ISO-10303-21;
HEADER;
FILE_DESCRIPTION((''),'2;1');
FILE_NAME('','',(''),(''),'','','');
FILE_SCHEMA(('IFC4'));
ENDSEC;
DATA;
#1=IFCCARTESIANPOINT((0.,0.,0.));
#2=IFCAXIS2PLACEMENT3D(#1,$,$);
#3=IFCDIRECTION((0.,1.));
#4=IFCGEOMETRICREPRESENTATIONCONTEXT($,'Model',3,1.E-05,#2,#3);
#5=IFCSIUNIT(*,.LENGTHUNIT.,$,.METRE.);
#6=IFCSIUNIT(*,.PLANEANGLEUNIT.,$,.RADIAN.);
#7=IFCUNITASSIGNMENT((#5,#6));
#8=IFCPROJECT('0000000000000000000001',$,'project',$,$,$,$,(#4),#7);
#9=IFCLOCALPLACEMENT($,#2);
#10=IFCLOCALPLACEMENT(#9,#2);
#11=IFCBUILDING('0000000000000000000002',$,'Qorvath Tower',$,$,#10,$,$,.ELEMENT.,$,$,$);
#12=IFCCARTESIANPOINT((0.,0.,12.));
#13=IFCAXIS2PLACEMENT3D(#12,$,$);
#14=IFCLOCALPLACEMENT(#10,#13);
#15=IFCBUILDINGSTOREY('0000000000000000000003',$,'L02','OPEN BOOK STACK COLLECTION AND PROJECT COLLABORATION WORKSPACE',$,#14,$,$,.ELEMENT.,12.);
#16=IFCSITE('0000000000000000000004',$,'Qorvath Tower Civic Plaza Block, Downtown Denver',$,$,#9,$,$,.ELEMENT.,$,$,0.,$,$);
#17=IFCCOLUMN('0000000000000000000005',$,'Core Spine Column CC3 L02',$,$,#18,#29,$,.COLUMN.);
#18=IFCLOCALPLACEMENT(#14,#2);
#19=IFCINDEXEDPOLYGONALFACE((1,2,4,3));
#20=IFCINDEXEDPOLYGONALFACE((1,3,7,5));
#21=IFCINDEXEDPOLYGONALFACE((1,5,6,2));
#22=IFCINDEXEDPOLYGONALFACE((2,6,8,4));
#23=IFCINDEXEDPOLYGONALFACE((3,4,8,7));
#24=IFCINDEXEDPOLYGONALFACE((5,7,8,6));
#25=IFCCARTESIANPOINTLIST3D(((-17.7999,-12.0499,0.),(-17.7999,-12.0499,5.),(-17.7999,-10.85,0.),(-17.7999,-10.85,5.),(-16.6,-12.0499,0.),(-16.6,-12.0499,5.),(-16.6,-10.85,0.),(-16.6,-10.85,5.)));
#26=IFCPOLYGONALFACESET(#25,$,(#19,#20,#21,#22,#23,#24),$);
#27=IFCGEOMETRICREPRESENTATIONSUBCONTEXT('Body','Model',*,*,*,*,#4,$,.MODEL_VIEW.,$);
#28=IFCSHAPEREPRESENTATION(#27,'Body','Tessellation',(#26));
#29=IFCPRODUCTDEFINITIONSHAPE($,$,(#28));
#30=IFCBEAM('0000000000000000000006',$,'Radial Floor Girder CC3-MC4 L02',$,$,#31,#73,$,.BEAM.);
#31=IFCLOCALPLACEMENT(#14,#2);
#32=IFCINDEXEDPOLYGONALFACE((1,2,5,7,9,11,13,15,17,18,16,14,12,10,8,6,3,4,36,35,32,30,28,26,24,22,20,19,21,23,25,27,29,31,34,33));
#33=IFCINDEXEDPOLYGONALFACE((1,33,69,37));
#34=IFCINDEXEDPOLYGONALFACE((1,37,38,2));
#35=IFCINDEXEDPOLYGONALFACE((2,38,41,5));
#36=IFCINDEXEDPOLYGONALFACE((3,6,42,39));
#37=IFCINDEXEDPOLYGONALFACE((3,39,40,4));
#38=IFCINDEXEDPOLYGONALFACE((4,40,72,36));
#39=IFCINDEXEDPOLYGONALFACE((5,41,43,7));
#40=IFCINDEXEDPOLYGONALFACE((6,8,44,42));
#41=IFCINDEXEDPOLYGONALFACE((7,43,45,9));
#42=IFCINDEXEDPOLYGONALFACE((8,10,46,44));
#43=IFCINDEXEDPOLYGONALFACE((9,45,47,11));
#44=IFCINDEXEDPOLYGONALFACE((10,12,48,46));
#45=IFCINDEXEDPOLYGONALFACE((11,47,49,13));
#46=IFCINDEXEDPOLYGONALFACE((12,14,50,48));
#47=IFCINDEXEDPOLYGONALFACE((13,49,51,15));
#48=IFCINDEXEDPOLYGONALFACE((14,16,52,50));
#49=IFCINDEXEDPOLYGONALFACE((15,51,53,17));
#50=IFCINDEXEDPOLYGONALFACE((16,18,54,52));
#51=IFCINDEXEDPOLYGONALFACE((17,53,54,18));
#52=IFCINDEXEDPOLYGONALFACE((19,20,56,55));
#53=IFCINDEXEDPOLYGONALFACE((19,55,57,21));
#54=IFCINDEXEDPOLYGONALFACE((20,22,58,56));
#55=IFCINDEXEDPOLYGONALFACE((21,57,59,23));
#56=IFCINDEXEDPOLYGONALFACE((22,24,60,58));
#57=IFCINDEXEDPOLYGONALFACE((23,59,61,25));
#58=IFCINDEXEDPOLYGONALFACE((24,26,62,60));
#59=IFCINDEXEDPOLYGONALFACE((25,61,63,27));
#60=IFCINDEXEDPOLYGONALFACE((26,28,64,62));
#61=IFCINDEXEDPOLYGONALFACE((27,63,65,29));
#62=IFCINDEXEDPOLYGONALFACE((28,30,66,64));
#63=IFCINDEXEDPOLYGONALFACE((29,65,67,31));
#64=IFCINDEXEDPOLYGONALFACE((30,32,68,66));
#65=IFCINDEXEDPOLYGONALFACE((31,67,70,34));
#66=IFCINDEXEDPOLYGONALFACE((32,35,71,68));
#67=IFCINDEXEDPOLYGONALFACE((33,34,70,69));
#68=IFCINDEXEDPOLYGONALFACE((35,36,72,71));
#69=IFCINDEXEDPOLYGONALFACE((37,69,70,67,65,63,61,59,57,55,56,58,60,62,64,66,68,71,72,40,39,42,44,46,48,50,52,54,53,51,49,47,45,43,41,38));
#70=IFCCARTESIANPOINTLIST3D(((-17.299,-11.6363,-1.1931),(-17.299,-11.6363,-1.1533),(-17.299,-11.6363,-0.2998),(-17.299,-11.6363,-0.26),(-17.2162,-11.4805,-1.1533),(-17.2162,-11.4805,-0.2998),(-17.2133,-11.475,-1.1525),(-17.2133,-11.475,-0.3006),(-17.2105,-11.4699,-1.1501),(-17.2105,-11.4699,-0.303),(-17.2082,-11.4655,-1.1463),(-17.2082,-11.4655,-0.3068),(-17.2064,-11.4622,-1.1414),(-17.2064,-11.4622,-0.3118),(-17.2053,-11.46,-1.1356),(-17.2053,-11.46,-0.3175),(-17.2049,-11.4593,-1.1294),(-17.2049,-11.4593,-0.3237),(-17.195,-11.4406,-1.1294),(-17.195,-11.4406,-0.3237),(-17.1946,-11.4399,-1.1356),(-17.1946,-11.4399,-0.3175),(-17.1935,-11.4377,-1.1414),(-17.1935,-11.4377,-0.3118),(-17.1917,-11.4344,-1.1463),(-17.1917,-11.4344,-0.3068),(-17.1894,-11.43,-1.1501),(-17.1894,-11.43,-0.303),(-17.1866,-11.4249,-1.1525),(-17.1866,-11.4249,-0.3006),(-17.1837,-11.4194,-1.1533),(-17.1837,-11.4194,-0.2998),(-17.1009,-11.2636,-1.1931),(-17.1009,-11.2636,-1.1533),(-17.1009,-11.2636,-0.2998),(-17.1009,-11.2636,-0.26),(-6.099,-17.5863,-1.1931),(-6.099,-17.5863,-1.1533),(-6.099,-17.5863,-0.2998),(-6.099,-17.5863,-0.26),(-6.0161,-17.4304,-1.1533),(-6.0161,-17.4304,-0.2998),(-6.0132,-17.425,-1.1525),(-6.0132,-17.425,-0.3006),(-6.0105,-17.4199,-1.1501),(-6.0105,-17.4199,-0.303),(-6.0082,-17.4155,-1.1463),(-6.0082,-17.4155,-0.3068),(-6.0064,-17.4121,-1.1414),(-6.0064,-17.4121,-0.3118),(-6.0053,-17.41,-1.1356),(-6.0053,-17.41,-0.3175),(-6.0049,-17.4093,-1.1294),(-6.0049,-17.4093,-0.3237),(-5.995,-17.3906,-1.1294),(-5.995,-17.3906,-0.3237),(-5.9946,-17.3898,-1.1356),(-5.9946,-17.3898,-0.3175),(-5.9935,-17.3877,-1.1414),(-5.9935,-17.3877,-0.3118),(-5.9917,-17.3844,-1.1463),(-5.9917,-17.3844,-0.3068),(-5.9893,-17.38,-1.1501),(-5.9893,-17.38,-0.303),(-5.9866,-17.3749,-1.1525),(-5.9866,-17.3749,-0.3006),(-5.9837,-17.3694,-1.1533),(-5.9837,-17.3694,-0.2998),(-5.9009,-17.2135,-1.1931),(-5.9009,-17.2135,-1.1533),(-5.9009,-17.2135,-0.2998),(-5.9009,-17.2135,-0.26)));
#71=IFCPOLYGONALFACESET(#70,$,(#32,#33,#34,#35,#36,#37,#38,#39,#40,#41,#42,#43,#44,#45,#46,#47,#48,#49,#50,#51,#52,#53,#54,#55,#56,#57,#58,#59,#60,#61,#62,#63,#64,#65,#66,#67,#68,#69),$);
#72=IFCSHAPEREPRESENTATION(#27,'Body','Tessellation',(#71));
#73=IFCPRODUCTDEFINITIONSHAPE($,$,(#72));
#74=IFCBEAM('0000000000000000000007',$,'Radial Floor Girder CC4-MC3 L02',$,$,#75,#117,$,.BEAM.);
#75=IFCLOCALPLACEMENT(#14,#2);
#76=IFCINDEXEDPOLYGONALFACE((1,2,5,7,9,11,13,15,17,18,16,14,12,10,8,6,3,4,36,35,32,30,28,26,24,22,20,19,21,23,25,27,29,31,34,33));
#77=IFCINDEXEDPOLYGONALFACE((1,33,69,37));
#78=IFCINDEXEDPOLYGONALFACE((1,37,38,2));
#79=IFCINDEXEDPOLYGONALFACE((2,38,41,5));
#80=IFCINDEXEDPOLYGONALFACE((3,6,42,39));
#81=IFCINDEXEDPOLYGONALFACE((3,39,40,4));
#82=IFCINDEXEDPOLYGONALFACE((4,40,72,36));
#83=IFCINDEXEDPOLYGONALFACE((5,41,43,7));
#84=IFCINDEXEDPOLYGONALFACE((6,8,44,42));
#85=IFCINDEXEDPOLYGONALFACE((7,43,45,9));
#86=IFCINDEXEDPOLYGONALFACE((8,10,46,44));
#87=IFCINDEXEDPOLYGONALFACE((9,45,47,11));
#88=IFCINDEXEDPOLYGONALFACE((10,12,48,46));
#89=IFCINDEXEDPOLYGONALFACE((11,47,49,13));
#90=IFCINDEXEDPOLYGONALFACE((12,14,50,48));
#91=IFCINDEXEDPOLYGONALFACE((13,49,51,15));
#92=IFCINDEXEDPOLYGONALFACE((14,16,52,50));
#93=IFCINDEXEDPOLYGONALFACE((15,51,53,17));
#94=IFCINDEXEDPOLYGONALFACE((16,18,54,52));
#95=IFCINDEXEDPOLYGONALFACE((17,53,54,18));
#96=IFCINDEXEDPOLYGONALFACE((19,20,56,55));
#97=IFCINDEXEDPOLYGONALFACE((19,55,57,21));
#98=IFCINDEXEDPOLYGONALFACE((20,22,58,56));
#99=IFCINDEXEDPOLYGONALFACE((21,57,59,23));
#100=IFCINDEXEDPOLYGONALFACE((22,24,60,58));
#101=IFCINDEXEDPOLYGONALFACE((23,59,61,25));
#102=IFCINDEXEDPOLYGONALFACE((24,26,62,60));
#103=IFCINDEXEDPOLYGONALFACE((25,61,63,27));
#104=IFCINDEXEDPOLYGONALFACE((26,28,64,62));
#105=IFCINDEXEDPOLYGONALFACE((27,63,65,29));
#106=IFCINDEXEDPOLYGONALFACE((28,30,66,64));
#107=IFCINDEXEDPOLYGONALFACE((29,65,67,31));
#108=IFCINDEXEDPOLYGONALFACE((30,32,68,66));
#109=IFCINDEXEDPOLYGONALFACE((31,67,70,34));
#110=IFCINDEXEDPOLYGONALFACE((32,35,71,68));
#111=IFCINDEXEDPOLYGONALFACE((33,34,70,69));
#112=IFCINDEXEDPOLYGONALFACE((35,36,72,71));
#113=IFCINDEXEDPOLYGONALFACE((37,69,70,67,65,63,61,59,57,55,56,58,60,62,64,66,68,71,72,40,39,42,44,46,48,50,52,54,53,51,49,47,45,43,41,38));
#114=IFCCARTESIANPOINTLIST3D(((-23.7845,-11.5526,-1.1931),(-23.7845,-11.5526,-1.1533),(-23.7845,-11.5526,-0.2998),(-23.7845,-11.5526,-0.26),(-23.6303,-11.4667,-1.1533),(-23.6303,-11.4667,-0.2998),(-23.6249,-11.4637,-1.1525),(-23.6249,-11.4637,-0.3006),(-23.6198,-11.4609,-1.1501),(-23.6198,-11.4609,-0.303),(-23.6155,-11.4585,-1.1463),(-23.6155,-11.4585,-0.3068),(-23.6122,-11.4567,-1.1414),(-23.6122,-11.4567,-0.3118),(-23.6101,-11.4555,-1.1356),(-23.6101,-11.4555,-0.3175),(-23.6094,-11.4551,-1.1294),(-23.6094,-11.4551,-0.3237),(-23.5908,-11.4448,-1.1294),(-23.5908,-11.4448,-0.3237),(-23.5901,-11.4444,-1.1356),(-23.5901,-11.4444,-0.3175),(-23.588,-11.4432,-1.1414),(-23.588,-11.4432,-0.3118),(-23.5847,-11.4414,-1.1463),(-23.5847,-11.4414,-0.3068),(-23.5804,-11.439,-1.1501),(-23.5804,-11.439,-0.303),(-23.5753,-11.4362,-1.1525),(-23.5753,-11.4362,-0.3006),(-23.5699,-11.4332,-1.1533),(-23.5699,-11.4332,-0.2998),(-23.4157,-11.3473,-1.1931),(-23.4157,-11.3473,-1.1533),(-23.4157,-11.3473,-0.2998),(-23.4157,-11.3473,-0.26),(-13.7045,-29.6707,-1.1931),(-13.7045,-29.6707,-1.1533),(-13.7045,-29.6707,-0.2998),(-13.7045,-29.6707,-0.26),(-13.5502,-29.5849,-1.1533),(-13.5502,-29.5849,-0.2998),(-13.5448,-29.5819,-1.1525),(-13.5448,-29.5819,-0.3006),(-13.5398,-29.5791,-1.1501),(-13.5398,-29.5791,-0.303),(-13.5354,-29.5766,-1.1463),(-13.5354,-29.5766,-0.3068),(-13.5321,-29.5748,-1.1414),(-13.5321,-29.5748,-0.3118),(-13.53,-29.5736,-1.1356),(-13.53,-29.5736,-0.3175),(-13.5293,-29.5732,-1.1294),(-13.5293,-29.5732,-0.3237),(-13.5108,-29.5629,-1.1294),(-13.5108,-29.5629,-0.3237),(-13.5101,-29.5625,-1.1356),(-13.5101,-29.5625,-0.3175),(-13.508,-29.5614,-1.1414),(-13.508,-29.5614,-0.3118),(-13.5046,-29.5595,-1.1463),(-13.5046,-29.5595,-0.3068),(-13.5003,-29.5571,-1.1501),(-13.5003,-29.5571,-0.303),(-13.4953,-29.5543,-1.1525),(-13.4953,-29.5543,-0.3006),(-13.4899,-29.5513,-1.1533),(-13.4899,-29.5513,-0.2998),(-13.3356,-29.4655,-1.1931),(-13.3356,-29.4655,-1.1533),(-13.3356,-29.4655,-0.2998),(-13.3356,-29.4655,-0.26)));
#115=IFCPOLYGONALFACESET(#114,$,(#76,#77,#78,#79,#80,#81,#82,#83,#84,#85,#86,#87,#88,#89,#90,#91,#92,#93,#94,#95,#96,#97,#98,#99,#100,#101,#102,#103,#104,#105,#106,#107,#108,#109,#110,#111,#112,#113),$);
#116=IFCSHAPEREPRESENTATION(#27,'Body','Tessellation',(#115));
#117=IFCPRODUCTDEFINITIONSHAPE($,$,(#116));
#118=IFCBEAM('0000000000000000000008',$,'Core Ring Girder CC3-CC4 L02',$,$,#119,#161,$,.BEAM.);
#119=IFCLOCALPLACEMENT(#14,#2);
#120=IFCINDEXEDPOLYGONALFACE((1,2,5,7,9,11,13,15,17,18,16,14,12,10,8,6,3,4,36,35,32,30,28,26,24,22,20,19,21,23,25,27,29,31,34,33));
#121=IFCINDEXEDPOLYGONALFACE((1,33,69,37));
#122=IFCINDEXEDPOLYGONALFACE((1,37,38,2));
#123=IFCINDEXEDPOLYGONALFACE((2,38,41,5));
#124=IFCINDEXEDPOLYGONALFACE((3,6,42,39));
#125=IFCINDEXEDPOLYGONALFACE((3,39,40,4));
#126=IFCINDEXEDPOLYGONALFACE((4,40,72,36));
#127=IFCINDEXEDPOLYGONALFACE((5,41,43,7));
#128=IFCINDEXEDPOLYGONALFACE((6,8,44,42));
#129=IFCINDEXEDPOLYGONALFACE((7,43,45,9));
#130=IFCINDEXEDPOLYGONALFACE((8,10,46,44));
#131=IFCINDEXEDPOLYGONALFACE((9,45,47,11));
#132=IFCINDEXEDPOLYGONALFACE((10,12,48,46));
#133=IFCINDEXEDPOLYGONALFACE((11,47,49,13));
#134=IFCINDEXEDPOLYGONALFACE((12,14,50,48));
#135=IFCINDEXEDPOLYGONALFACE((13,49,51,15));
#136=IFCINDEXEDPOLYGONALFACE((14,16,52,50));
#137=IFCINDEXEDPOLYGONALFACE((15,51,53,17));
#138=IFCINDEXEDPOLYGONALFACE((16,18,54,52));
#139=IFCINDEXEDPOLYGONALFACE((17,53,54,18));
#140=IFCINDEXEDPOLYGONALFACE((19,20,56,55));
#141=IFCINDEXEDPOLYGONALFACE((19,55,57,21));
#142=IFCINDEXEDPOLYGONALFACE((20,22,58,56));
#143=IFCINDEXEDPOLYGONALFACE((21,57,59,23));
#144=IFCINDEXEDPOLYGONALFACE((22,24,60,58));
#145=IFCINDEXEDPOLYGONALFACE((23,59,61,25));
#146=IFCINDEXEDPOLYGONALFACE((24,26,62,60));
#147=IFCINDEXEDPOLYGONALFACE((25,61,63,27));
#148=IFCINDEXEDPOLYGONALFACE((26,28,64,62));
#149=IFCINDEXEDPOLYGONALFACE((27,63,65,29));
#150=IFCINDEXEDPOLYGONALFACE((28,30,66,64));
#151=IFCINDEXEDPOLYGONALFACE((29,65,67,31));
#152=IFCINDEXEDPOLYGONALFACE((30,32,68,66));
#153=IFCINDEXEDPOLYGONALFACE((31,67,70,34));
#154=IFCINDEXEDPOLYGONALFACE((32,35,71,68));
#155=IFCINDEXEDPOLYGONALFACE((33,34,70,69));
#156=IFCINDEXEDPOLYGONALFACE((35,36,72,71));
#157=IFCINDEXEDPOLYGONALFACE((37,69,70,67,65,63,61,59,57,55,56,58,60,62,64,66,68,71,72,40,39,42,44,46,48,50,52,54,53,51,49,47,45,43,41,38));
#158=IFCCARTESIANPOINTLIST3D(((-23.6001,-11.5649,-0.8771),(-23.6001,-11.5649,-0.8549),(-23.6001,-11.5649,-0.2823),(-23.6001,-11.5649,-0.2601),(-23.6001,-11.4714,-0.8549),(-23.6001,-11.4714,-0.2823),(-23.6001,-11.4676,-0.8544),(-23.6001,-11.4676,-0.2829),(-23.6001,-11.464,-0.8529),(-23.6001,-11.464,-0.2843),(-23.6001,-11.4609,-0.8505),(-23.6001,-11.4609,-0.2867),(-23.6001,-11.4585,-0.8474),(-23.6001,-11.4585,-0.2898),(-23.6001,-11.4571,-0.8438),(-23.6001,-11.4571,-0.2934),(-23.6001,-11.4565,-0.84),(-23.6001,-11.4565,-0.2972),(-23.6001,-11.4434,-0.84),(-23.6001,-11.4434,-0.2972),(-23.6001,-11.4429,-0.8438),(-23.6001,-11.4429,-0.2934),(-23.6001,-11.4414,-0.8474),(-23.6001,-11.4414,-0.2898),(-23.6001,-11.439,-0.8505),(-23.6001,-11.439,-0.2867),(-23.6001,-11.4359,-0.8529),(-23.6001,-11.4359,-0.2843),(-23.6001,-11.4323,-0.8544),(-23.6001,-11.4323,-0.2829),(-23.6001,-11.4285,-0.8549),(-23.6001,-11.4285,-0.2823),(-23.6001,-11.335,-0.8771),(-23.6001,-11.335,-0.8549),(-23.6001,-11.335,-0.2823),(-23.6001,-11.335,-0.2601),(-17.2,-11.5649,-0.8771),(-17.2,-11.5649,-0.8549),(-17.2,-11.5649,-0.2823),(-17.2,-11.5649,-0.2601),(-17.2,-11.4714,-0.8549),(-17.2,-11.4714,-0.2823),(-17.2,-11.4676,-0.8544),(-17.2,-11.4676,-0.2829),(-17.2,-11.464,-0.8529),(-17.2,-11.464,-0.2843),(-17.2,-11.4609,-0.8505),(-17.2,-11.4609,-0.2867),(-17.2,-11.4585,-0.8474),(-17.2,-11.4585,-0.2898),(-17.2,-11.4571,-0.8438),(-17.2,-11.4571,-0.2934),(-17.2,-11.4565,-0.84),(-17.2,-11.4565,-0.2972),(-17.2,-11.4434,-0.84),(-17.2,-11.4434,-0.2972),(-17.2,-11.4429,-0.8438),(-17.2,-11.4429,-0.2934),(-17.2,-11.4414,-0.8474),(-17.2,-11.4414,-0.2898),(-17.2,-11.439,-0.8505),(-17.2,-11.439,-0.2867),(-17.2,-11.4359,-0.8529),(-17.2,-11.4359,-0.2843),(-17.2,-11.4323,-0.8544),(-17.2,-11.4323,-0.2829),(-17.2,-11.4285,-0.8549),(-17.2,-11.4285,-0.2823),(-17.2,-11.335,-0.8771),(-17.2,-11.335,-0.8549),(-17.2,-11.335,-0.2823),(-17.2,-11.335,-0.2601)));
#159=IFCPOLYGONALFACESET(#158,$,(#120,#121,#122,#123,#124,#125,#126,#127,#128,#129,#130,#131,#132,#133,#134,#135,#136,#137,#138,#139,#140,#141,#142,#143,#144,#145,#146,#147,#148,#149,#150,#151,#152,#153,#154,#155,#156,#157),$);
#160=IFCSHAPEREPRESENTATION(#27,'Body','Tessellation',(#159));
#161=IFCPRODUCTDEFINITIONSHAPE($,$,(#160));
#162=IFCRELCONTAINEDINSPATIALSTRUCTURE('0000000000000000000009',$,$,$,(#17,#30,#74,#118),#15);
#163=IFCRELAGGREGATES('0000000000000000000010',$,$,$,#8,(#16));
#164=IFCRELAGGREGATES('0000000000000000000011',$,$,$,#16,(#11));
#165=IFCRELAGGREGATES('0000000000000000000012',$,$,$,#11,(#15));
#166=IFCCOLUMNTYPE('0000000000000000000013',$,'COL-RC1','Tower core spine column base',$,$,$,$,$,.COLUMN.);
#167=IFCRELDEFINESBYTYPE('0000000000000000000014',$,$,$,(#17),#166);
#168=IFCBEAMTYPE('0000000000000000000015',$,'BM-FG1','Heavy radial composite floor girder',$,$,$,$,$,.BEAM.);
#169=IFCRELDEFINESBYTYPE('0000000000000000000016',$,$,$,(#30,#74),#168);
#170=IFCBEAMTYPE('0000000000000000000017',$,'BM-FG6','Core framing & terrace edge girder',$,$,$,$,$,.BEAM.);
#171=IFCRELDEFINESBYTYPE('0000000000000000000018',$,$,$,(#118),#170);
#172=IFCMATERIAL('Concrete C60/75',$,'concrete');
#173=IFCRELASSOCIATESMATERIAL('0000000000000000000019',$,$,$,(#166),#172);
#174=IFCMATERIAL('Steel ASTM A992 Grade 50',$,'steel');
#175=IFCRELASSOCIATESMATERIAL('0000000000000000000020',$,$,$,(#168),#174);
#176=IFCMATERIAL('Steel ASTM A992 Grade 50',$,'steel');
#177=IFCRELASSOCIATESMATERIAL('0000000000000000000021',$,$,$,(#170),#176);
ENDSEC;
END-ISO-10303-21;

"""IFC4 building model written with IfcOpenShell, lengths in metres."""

from ifc_helpers import new_model, si_unit, direction, frame, origin, origin_2d, place, context, subcontext, project, spatial, rectangle, i_section, extrude, material, material_profile, profile_set, type_object, element, save


model = new_model("IFC4")

# Units and contexts
model_context = context("Model", 3, precision=1e-05, world=origin(), true_north=direction((0.0, 1.0)))
body_context = subcontext(model_context, "Body", "Model", "MODEL_VIEW")
ifc_project = project(units=[si_unit("LENGTHUNIT", "METRE"), si_unit("PLANEANGLEUNIT", "RADIAN")], contexts=[model_context])

# Site, building, storey
site_placement = place(None, origin())
site = spatial("IfcSite", under=ifc_project, at=site_placement, Name="Qorvath Tower Civic Plaza Block, Downtown Denver", CompositionType="ELEMENT", RefElevation=0.0)
building_placement = place(site_placement, origin())
building = spatial("IfcBuilding", under=site, at=building_placement, Name="Qorvath Tower", CompositionType="ELEMENT")
storey_placement = place(building_placement, frame((0.0, 0.0, 12.0)))
storey = spatial("IfcBuildingStorey", under=building, at=storey_placement, Name="L02", Description="OPEN BOOK STACK COLLECTION AND PROJECT COLLABORATION WORKSPACE", CompositionType="ELEMENT", Elevation=12.0)

# Column
ifc_material_1 = material(Name="Concrete C60/75", Category="concrete")
ifc_material_profile_1 = material_profile(ifc_material_1, rectangle(XDim=1.2, YDim=1.2, at=origin_2d()), Name="RC 1200x1200")
ifc_profile_set_1 = profile_set([ifc_material_profile_1], Name="Concrete C60/75")
column_type = type_object("IfcColumnType", Name="COL-RC1", Description="Tower core spine column base", PredefinedType="COLUMN", material=ifc_profile_set_1)
column_placement = place(storey_placement, frame((-17.2, -11.45, 0.0), z_axis=(0.0, 0.0, 1.0), x_axis=(1.0, 0.0, 0.0)))
element("IfcColumn", 1, at=column_placement, inside=storey, type_object=column_type, Name="Core Spine Column CC3 L02", PredefinedType="COLUMN", context=body_context, shape_type="SweptSolid", body=[
    extrude(rectangle(XDim=1.2, YDim=1.2, at=origin_2d()), origin(), (0.0, 0.0, 1.0), 5.0),
])

# Beams
ifc_material_2 = material(Name="Steel ASTM A992 Grade 50", Category="steel")
ifc_material_profile_2 = material_profile(ifc_material_2, i_section(OverallWidth=0.4221, OverallDepth=0.9331, WebThickness=0.0212, FlangeThickness=0.0398, FilletRadius=0.0239, at=origin_2d()), Name="W36x262")
ifc_profile_set_2 = profile_set([ifc_material_profile_2], Name="Steel ASTM A992 Grade 50")
beam_type_1 = type_object("IfcBeamType", Name="BM-FG1", Description="Heavy radial composite floor girder", PredefinedType="BEAM", material=ifc_profile_set_2)
beam_1_placement = place(storey_placement, frame((-17.2, -11.45, -0.7266), z_axis=(0.883116, -0.469154, 0.0), x_axis=(0.469154, 0.883116, 0.0)))
element("IfcBeam", 2, at=beam_1_placement, inside=storey, type_object=beam_type_1, Name="Radial Floor Girder CC3-MC4 L02", PredefinedType="BEAM", context=body_context, shape_type="SweptSolid", body=[
    extrude(i_section(OverallWidth=0.4221, OverallDepth=0.9331, WebThickness=0.0212, FlangeThickness=0.0398, FilletRadius=0.0239, at=origin_2d()), origin(), (0.0, 0.0, 1.0), 12.6824),
])
beam_2_placement = place(storey_placement, frame((-23.6001, -11.45, -0.7266), z_axis=(0.486175, -0.873862, 0.0), x_axis=(0.873862, 0.486175, 0.0)))
element("IfcBeam", 3, at=beam_2_placement, inside=storey, type_object=beam_type_1, Name="Radial Floor Girder CC4-MC3 L02", PredefinedType="BEAM", context=body_context, shape_type="SweptSolid", body=[
    extrude(i_section(OverallWidth=0.4221, OverallDepth=0.9331, WebThickness=0.0212, FlangeThickness=0.0398, FilletRadius=0.0239, at=origin_2d()), origin(), (0.0, 0.0, 1.0), 20.7334),
])
ifc_material_3 = material(Name="Steel ASTM A992 Grade 50", Category="steel")
ifc_material_profile_3 = material_profile(ifc_material_3, i_section(OverallWidth=0.23, OverallDepth=0.6169, WebThickness=0.0132, FlangeThickness=0.0222, FilletRadius=0.0149, at=origin_2d()), Name="W24x94")
ifc_profile_set_3 = profile_set([ifc_material_profile_3], Name="Steel ASTM A992 Grade 50")
beam_type_2 = type_object("IfcBeamType", Name="BM-FG6", Description="Core framing & terrace edge girder", PredefinedType="BEAM", material=ifc_profile_set_3)
beam_3_placement = place(storey_placement, frame((-17.2, -11.45, -0.5686), z_axis=(-1.0, 0.0, 0.0), x_axis=(0.0, -1.0, 0.0)))
element("IfcBeam", 4, at=beam_3_placement, inside=storey, type_object=beam_type_2, Name="Core Ring Girder CC3-CC4 L02", PredefinedType="BEAM", context=body_context, shape_type="SweptSolid", body=[
    extrude(i_section(OverallWidth=0.23, OverallDepth=0.6169, WebThickness=0.0132, FlangeThickness=0.0222, FilletRadius=0.0149, at=origin_2d()), origin(), (0.0, 0.0, 1.0), 6.4001),
])

save(model, "model.ifc")
